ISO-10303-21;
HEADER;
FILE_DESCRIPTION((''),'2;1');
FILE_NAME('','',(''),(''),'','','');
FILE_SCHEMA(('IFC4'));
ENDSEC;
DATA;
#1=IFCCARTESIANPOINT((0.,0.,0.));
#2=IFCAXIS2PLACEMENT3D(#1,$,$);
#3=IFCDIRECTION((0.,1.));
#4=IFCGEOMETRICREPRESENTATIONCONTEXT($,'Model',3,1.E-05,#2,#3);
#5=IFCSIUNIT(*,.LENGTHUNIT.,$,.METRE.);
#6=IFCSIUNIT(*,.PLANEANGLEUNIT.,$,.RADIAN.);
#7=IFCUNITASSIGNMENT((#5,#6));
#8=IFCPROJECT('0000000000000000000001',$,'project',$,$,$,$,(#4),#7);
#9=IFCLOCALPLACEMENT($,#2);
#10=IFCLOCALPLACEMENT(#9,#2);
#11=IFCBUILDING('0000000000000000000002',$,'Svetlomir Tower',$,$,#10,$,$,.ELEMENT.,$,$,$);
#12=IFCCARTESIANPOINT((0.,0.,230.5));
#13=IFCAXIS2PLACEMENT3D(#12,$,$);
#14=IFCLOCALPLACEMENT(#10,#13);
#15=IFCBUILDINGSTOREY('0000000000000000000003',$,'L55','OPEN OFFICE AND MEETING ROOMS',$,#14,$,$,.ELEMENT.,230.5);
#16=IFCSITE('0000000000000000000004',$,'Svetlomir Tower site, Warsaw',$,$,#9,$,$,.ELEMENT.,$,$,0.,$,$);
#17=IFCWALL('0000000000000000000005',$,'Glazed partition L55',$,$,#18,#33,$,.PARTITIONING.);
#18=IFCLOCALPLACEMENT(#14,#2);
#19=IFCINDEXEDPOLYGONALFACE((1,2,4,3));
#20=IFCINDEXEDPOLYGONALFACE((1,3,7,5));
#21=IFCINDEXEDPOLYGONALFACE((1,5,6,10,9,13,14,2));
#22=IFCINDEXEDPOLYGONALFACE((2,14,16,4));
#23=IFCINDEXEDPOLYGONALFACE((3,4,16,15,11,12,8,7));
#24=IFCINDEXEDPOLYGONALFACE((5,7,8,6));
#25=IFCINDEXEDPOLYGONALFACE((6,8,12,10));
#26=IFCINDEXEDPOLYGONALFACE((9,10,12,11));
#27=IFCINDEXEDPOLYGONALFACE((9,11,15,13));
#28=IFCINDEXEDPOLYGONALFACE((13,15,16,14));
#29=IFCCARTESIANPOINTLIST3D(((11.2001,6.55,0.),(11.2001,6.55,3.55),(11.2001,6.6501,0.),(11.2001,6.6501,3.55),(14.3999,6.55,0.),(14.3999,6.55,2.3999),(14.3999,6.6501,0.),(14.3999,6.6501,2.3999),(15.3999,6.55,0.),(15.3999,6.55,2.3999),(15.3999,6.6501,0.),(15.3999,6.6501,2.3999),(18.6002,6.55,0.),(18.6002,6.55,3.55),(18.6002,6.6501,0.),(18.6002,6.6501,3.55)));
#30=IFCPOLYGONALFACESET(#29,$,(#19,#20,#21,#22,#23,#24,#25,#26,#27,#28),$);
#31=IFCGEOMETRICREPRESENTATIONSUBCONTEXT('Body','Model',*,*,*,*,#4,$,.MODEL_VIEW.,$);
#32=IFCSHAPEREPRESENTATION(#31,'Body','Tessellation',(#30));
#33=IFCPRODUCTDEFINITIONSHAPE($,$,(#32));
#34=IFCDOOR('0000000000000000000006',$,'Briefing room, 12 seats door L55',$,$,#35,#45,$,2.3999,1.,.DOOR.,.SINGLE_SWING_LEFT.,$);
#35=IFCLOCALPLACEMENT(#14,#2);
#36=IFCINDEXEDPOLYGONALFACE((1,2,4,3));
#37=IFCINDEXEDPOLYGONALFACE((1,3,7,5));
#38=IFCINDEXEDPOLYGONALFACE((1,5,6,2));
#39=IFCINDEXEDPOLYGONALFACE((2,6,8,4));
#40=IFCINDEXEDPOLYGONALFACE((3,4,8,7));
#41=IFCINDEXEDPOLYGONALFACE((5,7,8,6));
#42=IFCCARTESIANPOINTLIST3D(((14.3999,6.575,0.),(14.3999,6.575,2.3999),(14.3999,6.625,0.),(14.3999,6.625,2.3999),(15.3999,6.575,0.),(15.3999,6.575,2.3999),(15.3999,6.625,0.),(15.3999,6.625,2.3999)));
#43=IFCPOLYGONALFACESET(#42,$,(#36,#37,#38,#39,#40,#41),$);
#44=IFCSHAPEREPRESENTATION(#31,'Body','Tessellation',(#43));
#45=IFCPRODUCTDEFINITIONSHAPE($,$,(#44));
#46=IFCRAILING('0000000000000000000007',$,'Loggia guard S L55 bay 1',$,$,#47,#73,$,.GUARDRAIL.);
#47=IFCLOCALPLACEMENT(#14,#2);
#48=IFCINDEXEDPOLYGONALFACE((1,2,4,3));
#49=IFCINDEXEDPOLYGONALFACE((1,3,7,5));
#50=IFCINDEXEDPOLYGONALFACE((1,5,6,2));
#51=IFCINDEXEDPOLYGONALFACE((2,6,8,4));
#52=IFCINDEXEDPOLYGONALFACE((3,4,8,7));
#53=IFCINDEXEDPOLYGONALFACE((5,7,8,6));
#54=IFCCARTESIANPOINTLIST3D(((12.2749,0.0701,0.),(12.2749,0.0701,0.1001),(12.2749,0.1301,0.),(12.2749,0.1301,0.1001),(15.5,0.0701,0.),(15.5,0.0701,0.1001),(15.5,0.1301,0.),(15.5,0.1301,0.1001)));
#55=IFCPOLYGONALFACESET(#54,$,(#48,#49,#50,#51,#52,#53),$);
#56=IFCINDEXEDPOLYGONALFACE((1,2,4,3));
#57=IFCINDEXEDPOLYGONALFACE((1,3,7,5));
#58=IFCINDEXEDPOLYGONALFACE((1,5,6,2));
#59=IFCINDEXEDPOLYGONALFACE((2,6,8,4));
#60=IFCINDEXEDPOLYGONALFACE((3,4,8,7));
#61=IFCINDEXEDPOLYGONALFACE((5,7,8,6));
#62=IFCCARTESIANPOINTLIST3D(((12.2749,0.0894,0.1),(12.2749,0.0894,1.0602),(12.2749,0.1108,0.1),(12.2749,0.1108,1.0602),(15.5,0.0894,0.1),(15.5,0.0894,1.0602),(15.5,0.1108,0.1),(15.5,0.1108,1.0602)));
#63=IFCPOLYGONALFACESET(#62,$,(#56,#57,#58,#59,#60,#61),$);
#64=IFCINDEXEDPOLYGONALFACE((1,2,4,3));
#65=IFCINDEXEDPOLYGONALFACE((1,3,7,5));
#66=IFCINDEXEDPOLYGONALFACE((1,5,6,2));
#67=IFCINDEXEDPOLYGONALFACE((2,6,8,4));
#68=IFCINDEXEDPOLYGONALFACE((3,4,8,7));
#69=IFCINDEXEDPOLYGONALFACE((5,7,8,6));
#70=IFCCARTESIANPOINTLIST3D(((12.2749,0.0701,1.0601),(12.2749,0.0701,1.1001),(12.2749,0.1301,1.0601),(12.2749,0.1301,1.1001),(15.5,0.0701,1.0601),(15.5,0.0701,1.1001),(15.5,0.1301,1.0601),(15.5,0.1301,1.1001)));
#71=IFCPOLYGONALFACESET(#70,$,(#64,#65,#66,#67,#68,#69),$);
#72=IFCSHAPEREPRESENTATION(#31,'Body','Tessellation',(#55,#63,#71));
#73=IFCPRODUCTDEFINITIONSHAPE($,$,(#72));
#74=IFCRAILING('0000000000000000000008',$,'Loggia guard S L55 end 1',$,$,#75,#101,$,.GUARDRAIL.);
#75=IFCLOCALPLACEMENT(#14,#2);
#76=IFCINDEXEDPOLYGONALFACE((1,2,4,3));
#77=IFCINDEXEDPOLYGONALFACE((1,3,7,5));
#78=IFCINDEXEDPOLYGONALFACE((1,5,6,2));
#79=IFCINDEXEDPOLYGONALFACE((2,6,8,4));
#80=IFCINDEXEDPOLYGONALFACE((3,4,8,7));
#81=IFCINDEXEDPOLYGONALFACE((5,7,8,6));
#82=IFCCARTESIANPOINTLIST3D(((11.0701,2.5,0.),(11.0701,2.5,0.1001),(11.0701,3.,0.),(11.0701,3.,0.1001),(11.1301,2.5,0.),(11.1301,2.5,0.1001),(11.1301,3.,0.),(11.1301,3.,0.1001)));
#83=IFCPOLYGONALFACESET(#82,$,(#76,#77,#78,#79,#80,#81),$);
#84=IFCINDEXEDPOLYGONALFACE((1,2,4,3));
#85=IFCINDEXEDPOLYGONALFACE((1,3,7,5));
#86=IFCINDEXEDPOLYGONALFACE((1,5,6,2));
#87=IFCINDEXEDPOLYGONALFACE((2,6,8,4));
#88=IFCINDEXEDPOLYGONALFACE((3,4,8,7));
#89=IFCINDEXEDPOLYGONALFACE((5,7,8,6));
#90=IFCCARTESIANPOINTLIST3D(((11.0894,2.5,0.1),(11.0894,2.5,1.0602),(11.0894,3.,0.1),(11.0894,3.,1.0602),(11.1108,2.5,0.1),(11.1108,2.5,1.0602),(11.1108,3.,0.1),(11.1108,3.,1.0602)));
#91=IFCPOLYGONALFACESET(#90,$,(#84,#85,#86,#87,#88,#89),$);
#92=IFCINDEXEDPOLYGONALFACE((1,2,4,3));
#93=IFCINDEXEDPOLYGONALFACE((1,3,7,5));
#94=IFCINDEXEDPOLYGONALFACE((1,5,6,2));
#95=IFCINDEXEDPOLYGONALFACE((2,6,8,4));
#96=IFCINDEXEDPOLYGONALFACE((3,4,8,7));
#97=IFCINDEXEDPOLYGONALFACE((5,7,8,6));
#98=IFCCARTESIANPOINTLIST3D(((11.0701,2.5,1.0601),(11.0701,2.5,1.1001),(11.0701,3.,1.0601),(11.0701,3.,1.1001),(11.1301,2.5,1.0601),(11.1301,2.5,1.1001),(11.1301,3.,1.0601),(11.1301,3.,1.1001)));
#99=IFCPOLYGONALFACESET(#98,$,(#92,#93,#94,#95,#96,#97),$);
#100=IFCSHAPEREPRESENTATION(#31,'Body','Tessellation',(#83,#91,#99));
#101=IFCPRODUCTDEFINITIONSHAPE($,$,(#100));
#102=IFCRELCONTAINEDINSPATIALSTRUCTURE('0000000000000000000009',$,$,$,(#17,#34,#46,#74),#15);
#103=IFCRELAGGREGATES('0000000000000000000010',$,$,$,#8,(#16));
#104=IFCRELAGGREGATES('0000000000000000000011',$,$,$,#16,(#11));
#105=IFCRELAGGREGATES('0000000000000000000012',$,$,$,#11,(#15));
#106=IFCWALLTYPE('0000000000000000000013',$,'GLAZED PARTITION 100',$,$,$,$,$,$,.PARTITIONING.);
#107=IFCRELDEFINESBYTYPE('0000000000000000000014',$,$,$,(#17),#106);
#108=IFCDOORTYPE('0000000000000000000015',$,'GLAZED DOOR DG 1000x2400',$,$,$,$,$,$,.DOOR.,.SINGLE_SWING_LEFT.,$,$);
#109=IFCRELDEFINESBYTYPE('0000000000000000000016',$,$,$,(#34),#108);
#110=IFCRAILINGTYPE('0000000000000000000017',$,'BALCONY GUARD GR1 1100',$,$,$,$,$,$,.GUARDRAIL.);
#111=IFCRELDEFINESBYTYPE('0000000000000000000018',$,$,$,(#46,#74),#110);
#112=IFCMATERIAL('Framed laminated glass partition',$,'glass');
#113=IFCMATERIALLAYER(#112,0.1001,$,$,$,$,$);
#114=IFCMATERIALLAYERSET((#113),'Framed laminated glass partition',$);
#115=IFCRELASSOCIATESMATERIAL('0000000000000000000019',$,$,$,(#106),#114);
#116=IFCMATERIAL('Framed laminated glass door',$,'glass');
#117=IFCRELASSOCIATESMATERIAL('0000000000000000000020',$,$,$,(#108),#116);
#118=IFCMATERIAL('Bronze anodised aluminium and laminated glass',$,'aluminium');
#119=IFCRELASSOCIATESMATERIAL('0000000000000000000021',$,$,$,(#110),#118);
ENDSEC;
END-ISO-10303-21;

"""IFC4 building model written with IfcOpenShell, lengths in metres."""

from ifc_helpers import new_model, si_unit, direction, frame, frame_2d, origin, origin_2d, place, context, subcontext, project, spatial, rectangle, extrude, material, layer, layer_set, type_object, element, fill, save


model = new_model("IFC4")

# Units and contexts
model_context = context("Model", 3, precision=1e-05, world=origin(), true_north=direction((0.0, 1.0)))
body_context = subcontext(model_context, "Body", "Model", "MODEL_VIEW")
ifc_project = project(units=[si_unit("LENGTHUNIT", "METRE"), si_unit("PLANEANGLEUNIT", "RADIAN")], contexts=[model_context])

# Site, building, storey
site_placement = place(None, origin())
site = spatial("IfcSite", under=ifc_project, at=site_placement, Name="Svetlomir Tower site, Warsaw", CompositionType="ELEMENT", RefElevation=0.0)
building_placement = place(site_placement, origin())
building = spatial("IfcBuilding", under=site, at=building_placement, Name="Svetlomir Tower", CompositionType="ELEMENT")
storey_placement = place(building_placement, frame((0.0, 0.0, 230.5)))
storey = spatial("IfcBuildingStorey", under=building, at=storey_placement, Name="L55", Description="OPEN OFFICE AND MEETING ROOMS", CompositionType="ELEMENT", Elevation=230.5)

# Shared definitions
ifc_material_1 = material(Name="Framed laminated glass partition", Category="glass")
ifc_layer_1 = layer(ifc_material_1, 0.1001)
ifc_layer_set_1 = layer_set([ifc_layer_1], Name="Framed laminated glass partition")
wall_type = type_object("IfcWallType", Name="GLAZED PARTITION 100", PredefinedType="PARTITIONING", material=ifc_layer_set_1)

# Wall, opening, door
wall_1_placement = place(storey_placement, frame((11.2, 6.6001, 0.0), z_axis=(0.0, 0.0, 1.0), x_axis=(1.0, 0.0, 0.0)))
wall_1 = element("IfcWall", 1, at=wall_1_placement, inside=storey, type_object=wall_type, Name="Glazed partition L55", PredefinedType="PARTITIONING", context=body_context, shape_type="SweptSolid", body=[
    extrude(rectangle(XDim=7.4001, YDim=0.1001, at=frame_2d((3.7002, 0.0))), origin(), (0.0, 0.0, 1.0), 3.55),
])
opening_placement = place(wall_1_placement, frame((3.2, 0.0, 0.0)))
opening = element("IfcOpeningElement", 2, at=opening_placement, cuts=wall_1, PredefinedType="OPENING", context=body_context, shape_type="SweptSolid", body=[
    extrude(rectangle(XDim=1.0, YDim=2.3999, at=frame_2d((0.5, 1.2))), frame((0.0, 0.0601, 0.0), z_axis=(0.0, -1.0, 0.0), x_axis=(1.0, 0.0, 0.0)), (0.0, 0.0, 1.0), 0.1201),
])
ifc_material_2 = material(Name="Framed laminated glass door", Category="glass")
door_type = type_object("IfcDoorType", Name="GLAZED DOOR DG 1000x2400", OperationType="SINGLE_SWING_LEFT", PredefinedType="DOOR", material=ifc_material_2)
door_placement = place(opening_placement, origin())
door = element("IfcDoor", 3, at=door_placement, inside=storey, type_object=door_type, Name="Briefing room, 12 seats door L55", OperationType="SINGLE_SWING_LEFT", OverallHeight=2.3999, OverallWidth=1.0, PredefinedType="DOOR", context=body_context, shape_type="SweptSolid", body=[
    extrude(rectangle(XDim=1.0, YDim=2.3999, at=frame_2d((0.5, 1.2))), frame((0.0, 0.0249, 0.0), z_axis=(0.0, -1.0, 0.0), x_axis=(1.0, 0.0, 0.0)), (0.0, 0.0, 1.0), 0.05),
])
fill(opening, door)

# Railings
ifc_material_3 = material(Name="Bronze anodised aluminium and laminated glass", Category="aluminium")
railing_type = type_object("IfcRailingType", Name="BALCONY GUARD GR1 1100", PredefinedType="GUARDRAIL", material=ifc_material_3)
railing_1_placement = place(storey_placement, frame((12.2749, 0.1001, 0.0)))
element("IfcRailing", 4, at=railing_1_placement, inside=storey, type_object=railing_type, Name="Loggia guard S L55 bay 1", PredefinedType="GUARDRAIL", context=body_context, shape_type="SweptSolid", body=[
    extrude(rectangle(XDim=0.0601, YDim=0.1001, at=origin_2d()), frame((0.0, 0.0, 0.05), z_axis=(1.0, 0.0, 0.0), x_axis=(0.0, 1.0, 0.0)), (0.0, 0.0, 1.0), 3.2251),
    extrude(rectangle(XDim=0.0215, YDim=0.9602, at=origin_2d()), frame((0.0, 0.0, 0.5801), z_axis=(1.0, 0.0, 0.0), x_axis=(0.0, 1.0, 0.0)), (0.0, 0.0, 1.0), 3.2251),
    extrude(rectangle(XDim=0.0601, YDim=0.04, at=origin_2d()), frame((0.0, 0.0, 1.0801), z_axis=(1.0, 0.0, 0.0), x_axis=(0.0, 1.0, 0.0)), (0.0, 0.0, 1.0), 3.2251),
])
railing_2_placement = place(storey_placement, frame((11.1001, 2.5, 0.0)))
element("IfcRailing", 5, at=railing_2_placement, inside=storey, type_object=railing_type, Name="Loggia guard S L55 end 1", PredefinedType="GUARDRAIL", context=body_context, shape_type="SweptSolid", body=[
    extrude(rectangle(XDim=0.0601, YDim=0.1001, at=origin_2d()), frame((0.0, 0.0, 0.05), z_axis=(0.0, 1.0, 0.0), x_axis=(-1.0, 0.0, 0.0)), (0.0, 0.0, 1.0), 0.5),
    extrude(rectangle(XDim=0.0215, YDim=0.9602, at=origin_2d()), frame((0.0, 0.0, 0.5801), z_axis=(0.0, 1.0, 0.0), x_axis=(-1.0, 0.0, 0.0)), (0.0, 0.0, 1.0), 0.5),
    extrude(rectangle(XDim=0.0601, YDim=0.04, at=origin_2d()), frame((0.0, 0.0, 1.0801), z_axis=(0.0, 1.0, 0.0), x_axis=(-1.0, 0.0, 0.0)), (0.0, 0.0, 1.0), 0.5),
])

save(model, "model.ifc")
